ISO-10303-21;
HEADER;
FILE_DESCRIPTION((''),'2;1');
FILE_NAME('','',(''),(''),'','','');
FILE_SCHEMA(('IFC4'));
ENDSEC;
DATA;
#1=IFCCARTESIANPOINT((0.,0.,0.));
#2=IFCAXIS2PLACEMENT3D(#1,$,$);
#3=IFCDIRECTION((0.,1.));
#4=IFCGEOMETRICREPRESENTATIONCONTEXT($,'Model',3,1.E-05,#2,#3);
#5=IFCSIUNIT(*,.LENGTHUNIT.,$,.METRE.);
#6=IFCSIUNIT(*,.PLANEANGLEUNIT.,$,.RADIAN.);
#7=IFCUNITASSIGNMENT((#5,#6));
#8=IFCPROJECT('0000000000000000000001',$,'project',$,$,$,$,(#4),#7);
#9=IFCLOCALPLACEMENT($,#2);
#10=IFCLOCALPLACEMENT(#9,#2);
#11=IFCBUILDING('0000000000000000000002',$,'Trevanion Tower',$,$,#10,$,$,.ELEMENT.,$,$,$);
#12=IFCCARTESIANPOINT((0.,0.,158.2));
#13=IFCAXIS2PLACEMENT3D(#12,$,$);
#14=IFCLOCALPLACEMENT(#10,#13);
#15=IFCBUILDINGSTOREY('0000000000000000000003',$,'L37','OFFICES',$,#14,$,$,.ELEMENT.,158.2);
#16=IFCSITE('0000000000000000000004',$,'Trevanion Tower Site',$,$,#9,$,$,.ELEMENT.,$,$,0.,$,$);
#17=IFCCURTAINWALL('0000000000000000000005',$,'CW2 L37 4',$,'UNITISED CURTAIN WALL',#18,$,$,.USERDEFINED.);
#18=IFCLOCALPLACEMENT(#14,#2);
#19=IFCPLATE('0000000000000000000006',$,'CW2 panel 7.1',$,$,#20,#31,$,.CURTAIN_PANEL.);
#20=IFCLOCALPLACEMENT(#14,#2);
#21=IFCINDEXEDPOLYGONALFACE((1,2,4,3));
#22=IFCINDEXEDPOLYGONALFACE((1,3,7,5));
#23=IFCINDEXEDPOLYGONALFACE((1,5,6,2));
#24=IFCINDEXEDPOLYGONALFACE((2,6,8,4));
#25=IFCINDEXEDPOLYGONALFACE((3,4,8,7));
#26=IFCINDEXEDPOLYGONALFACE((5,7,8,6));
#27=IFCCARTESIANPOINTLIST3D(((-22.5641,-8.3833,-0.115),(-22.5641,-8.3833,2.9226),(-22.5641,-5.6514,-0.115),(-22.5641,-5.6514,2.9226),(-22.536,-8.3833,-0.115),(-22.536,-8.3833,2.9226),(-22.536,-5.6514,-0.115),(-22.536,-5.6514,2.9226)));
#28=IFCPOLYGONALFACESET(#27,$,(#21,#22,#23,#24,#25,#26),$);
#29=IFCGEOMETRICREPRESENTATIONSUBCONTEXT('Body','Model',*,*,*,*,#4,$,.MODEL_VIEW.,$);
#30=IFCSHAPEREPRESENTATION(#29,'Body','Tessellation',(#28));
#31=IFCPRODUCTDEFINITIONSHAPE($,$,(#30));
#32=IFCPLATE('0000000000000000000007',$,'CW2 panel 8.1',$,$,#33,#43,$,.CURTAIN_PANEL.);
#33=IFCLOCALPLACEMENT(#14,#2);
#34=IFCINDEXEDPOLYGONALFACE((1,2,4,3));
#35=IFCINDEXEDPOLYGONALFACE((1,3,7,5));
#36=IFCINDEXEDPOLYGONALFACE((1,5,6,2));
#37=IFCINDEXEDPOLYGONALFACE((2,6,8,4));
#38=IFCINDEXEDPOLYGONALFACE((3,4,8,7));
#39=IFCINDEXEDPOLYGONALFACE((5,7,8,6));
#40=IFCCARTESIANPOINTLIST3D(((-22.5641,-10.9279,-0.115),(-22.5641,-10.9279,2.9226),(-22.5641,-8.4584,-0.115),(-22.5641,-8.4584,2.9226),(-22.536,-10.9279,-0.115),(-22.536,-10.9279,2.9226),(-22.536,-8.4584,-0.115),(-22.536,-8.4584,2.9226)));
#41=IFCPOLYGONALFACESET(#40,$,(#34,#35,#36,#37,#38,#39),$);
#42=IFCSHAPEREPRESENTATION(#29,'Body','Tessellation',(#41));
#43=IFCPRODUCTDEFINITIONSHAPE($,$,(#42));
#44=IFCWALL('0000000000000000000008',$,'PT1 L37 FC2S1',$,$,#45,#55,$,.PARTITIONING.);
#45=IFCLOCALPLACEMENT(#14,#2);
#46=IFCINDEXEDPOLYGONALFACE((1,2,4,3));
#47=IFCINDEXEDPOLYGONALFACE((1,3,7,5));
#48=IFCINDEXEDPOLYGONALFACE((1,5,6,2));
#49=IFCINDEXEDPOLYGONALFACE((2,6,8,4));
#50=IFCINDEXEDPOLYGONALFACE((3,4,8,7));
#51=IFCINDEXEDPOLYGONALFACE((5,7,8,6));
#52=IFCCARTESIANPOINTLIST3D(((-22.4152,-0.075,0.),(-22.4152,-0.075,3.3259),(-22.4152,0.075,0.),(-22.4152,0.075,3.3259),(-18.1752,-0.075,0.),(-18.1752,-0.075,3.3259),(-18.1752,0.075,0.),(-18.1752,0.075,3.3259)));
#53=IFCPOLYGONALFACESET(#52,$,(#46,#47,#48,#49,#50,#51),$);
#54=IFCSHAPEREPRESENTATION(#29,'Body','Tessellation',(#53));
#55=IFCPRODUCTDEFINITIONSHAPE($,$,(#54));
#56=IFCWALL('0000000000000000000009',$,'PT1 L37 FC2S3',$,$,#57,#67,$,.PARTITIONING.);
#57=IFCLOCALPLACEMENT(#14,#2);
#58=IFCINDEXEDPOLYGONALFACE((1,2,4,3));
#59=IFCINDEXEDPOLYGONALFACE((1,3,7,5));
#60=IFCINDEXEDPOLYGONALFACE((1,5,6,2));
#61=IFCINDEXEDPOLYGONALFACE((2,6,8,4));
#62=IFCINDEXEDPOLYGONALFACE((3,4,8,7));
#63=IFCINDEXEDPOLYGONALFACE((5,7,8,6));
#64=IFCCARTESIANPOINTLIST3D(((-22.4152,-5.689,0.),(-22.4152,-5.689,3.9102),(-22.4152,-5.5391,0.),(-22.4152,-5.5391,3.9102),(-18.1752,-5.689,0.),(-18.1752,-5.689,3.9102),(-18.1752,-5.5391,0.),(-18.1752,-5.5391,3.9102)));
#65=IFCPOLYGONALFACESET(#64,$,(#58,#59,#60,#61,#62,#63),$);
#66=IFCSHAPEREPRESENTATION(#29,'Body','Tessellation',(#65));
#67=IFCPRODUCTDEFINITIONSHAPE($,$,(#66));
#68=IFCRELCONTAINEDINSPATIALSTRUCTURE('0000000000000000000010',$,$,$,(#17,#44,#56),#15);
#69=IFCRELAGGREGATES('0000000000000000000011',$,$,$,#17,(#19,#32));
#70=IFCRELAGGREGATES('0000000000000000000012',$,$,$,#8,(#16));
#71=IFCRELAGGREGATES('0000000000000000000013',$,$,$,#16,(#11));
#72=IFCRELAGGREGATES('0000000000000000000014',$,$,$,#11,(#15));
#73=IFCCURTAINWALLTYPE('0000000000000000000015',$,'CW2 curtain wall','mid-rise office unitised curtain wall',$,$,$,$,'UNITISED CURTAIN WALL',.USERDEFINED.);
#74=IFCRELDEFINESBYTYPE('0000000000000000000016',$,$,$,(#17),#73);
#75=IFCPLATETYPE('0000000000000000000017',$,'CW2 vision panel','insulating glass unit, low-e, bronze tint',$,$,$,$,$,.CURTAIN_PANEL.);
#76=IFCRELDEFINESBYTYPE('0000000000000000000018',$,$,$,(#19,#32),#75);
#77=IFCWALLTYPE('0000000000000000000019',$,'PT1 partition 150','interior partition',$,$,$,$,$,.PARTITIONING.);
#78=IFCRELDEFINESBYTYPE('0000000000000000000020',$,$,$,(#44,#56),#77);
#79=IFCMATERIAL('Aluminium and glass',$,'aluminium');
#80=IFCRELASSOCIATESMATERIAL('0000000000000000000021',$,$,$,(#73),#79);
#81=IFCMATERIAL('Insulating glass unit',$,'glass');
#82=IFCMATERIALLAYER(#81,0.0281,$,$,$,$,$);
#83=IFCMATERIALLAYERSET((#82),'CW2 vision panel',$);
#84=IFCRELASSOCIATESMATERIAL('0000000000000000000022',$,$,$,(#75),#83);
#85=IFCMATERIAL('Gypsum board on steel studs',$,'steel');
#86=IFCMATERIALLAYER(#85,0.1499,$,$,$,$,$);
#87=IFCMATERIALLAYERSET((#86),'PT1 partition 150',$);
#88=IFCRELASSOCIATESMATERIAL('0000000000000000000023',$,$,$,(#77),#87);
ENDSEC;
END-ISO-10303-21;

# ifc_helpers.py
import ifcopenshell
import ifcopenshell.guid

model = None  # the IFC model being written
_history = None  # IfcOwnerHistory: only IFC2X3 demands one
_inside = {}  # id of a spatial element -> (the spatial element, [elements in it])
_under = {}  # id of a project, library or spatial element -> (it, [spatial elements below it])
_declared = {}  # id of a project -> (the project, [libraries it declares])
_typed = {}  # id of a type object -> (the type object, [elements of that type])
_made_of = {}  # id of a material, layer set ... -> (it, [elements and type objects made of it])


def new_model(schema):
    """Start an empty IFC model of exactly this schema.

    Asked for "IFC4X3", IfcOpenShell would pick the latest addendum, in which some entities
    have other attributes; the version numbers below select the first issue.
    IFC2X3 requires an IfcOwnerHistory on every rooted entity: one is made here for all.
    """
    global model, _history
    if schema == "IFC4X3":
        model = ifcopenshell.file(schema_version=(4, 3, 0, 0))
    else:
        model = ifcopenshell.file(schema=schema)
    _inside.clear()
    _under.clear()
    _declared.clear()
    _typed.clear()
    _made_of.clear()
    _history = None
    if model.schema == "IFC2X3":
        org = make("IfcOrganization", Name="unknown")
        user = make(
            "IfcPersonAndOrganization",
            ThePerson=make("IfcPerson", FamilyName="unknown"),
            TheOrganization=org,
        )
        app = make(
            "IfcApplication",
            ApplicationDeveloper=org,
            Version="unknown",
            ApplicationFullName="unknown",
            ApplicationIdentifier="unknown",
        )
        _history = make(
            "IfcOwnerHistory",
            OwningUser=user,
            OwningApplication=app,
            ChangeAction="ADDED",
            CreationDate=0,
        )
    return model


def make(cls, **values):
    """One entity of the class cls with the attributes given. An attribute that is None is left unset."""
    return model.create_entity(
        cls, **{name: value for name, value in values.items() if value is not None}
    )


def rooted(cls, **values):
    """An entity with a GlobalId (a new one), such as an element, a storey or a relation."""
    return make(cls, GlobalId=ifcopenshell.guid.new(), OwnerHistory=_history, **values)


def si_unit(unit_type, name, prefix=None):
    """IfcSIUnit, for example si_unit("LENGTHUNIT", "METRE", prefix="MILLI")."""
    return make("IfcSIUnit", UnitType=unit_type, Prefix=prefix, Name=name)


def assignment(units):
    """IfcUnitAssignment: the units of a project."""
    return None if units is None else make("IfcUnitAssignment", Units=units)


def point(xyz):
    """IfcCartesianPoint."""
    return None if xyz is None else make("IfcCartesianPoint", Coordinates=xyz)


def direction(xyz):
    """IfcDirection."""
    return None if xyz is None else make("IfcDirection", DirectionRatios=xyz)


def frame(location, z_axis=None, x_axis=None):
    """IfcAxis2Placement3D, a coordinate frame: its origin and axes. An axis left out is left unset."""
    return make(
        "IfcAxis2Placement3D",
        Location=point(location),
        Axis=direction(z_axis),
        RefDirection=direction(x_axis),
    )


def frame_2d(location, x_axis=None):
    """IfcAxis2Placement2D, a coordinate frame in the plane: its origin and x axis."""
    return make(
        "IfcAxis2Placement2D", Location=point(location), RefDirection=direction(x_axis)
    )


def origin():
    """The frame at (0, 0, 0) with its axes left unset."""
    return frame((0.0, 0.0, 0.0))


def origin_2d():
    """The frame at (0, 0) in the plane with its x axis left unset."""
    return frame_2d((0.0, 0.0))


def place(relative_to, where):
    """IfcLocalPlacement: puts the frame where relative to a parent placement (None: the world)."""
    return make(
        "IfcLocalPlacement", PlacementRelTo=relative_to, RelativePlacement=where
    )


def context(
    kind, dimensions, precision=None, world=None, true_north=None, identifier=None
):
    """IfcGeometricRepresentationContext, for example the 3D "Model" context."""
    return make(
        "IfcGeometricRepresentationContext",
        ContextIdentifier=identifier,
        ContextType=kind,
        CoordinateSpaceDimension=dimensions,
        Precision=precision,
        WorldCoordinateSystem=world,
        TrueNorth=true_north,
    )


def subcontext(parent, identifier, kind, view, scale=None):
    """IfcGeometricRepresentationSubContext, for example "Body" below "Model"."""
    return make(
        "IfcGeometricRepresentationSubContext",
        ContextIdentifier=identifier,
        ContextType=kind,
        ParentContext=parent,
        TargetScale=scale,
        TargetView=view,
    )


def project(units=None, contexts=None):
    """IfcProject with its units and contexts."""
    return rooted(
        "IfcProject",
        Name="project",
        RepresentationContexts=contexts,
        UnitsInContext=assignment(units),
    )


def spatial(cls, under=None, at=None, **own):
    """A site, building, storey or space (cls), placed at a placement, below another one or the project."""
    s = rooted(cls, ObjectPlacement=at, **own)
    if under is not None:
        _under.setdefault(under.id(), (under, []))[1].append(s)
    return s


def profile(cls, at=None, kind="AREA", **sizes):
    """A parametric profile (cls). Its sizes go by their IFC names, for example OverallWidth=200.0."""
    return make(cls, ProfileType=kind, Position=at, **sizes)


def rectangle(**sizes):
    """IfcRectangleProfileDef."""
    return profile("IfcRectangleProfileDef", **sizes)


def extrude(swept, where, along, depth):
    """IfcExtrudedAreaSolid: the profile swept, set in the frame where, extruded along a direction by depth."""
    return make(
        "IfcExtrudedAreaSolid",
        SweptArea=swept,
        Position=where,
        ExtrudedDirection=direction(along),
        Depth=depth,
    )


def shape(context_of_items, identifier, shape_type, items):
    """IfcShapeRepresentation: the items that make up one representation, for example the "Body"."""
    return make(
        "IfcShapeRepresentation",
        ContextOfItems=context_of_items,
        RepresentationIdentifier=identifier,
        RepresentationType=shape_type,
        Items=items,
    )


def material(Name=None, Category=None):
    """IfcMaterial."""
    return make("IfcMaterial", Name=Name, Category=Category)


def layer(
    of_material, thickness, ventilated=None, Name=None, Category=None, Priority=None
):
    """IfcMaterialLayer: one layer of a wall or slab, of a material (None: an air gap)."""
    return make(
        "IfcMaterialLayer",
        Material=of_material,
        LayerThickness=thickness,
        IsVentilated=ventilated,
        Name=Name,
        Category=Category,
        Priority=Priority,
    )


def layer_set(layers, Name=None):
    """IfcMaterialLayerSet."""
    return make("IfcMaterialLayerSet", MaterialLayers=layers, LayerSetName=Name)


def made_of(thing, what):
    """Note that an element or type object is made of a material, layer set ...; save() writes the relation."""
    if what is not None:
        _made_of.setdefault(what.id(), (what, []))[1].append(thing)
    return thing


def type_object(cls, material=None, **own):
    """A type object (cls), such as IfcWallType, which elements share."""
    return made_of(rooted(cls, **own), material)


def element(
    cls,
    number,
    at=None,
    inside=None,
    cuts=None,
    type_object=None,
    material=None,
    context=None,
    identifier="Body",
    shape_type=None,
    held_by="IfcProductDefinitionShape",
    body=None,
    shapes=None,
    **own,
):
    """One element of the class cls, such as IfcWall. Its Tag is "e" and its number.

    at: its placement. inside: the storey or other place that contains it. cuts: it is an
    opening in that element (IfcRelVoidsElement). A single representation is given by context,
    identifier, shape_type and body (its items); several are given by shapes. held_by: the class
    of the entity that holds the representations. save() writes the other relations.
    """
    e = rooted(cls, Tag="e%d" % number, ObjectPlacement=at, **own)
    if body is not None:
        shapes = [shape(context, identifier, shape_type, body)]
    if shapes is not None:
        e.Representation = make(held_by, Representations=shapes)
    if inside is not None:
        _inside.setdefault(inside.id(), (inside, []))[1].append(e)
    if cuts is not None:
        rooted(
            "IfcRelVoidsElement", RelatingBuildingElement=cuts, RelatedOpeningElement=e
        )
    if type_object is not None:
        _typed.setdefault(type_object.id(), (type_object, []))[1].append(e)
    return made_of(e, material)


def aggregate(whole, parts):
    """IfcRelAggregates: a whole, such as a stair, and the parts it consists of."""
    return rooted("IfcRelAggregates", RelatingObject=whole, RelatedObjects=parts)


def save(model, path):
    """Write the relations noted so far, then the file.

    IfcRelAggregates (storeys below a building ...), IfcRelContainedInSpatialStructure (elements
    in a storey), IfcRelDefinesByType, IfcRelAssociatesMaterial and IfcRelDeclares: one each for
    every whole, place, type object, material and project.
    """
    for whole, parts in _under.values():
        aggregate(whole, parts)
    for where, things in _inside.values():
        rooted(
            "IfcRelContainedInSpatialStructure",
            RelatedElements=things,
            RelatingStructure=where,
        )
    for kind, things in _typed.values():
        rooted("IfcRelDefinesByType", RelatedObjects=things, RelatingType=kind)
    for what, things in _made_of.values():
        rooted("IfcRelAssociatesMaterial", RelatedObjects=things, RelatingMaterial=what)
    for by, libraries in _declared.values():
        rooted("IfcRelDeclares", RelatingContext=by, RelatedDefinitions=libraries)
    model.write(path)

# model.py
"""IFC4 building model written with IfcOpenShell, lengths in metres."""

from ifc_helpers import new_model, si_unit, direction, frame, frame_2d, origin, origin_2d, place, context, subcontext, project, spatial, rectangle, extrude, material, layer, layer_set, type_object, element, aggregate, save


model = new_model("IFC4")

# Units and contexts
model_context = context("Model", 3, precision=1e-05, world=origin(), true_north=direction((0.0, 1.0)))
body_context = subcontext(model_context, "Body", "Model", "MODEL_VIEW")
ifc_project = project(units=[si_unit("LENGTHUNIT", "METRE"), si_unit("PLANEANGLEUNIT", "RADIAN")], contexts=[model_context])

# Site, building, storey
site_placement = place(None, origin())
site = spatial("IfcSite", under=ifc_project, at=site_placement, Name="Trevanion Tower Site", CompositionType="ELEMENT", RefElevation=0.0)
building_placement = place(site_placement, origin())
building = spatial("IfcBuilding", under=site, at=building_placement, Name="Trevanion Tower", CompositionType="ELEMENT")
storey_placement = place(building_placement, frame((0.0, 0.0, 158.2)))
storey = spatial("IfcBuildingStorey", under=building, at=storey_placement, Name="L37", Description="OFFICES", CompositionType="ELEMENT", Elevation=158.2)

# Curtain wall
ifc_material_1 = material(Name="Aluminium and glass", Category="aluminium")
curtain_wall_type = type_object("IfcCurtainWallType", Name="CW2 curtain wall", Description="mid-rise office unitised curtain wall", ElementType="UNITISED CURTAIN WALL", PredefinedType="USERDEFINED", material=ifc_material_1)
curtain_wall_1_placement = place(storey_placement, origin())
curtain_wall_1 = element("IfcCurtainWall", 1, at=curtain_wall_1_placement, inside=storey, type_object=curtain_wall_type, Name="CW2 L37 4", ObjectType="UNITISED CURTAIN WALL", PredefinedType="USERDEFINED")

# Plates
ifc_material_2 = material(Name="Insulating glass unit", Category="glass")
ifc_layer_1 = layer(ifc_material_2, 0.0281)
ifc_layer_set_1 = layer_set([ifc_layer_1], Name="CW2 vision panel")
plate_type_1 = type_object("IfcPlateType", Name="CW2 vision panel", Description="insulating glass unit, low-e, bronze tint", PredefinedType="CURTAIN_PANEL", material=ifc_layer_set_1)
plate_1_placement = place(storey_placement, frame((-22.55, -7.0173, -0.115), z_axis=(0.0, 0.0, 1.0), x_axis=(0.0, -1.0, 0.0)))
plate_1 = element("IfcPlate", 2, at=plate_1_placement, type_object=plate_type_1, Name="CW2 panel 7.1", PredefinedType="CURTAIN_PANEL", context=body_context, shape_type="SweptSolid", body=[
    extrude(rectangle(XDim=2.7319, YDim=0.0281, at=origin_2d()), origin(), (0.0, 0.0, 1.0), 3.0376),
])
plate_2_placement = place(storey_placement, frame((-22.55, -9.6931, -0.115), z_axis=(0.0, 0.0, 1.0), x_axis=(0.0, -1.0, 0.0)))
plate_2 = element("IfcPlate", 3, at=plate_2_placement, type_object=plate_type_1, Name="CW2 panel 8.1", PredefinedType="CURTAIN_PANEL", context=body_context, shape_type="SweptSolid", body=[
    extrude(rectangle(XDim=2.4695, YDim=0.0281, at=origin_2d()), origin(), (0.0, 0.0, 1.0), 3.0376),
])
aggregate(curtain_wall_1, [plate_1, plate_2])

# Walls
ifc_material_3 = material(Name="Gypsum board on steel studs", Category="steel")
ifc_layer_2 = layer(ifc_material_3, 0.1499)
ifc_layer_set_2 = layer_set([ifc_layer_2], Name="PT1 partition 150")
wall_type = type_object("IfcWallType", Name="PT1 partition 150", Description="interior partition", PredefinedType="PARTITIONING", material=ifc_layer_set_2)
wall_1_placement = place(storey_placement, frame((-18.175, 0.0, 0.0), z_axis=(0.0, 0.0, 1.0), x_axis=(-1.0, 0.0, 0.0)))
element("IfcWall", 4, at=wall_1_placement, inside=storey, type_object=wall_type, Name="PT1 L37 FC2S1", PredefinedType="PARTITIONING", context=body_context, shape_type="SweptSolid", body=[
    extrude(rectangle(XDim=4.24, YDim=0.1499, at=frame_2d((2.1201, 0.0))), origin(), (0.0, 0.0, 1.0), 3.3259),
])
wall_2_placement = place(storey_placement, frame((-18.175, -5.614, 0.0), z_axis=(0.0, 0.0, 1.0), x_axis=(-1.0, 0.0, 0.0)))
element("IfcWall", 5, at=wall_2_placement, inside=storey, type_object=wall_type, Name="PT1 L37 FC2S3", PredefinedType="PARTITIONING", context=body_context, shape_type="SweptSolid", body=[
    extrude(rectangle(XDim=4.24, YDim=0.1499, at=frame_2d((2.1201, 0.0))), origin(), (0.0, 0.0, 1.0), 3.9102),
])

save(model, "model.ifc")
